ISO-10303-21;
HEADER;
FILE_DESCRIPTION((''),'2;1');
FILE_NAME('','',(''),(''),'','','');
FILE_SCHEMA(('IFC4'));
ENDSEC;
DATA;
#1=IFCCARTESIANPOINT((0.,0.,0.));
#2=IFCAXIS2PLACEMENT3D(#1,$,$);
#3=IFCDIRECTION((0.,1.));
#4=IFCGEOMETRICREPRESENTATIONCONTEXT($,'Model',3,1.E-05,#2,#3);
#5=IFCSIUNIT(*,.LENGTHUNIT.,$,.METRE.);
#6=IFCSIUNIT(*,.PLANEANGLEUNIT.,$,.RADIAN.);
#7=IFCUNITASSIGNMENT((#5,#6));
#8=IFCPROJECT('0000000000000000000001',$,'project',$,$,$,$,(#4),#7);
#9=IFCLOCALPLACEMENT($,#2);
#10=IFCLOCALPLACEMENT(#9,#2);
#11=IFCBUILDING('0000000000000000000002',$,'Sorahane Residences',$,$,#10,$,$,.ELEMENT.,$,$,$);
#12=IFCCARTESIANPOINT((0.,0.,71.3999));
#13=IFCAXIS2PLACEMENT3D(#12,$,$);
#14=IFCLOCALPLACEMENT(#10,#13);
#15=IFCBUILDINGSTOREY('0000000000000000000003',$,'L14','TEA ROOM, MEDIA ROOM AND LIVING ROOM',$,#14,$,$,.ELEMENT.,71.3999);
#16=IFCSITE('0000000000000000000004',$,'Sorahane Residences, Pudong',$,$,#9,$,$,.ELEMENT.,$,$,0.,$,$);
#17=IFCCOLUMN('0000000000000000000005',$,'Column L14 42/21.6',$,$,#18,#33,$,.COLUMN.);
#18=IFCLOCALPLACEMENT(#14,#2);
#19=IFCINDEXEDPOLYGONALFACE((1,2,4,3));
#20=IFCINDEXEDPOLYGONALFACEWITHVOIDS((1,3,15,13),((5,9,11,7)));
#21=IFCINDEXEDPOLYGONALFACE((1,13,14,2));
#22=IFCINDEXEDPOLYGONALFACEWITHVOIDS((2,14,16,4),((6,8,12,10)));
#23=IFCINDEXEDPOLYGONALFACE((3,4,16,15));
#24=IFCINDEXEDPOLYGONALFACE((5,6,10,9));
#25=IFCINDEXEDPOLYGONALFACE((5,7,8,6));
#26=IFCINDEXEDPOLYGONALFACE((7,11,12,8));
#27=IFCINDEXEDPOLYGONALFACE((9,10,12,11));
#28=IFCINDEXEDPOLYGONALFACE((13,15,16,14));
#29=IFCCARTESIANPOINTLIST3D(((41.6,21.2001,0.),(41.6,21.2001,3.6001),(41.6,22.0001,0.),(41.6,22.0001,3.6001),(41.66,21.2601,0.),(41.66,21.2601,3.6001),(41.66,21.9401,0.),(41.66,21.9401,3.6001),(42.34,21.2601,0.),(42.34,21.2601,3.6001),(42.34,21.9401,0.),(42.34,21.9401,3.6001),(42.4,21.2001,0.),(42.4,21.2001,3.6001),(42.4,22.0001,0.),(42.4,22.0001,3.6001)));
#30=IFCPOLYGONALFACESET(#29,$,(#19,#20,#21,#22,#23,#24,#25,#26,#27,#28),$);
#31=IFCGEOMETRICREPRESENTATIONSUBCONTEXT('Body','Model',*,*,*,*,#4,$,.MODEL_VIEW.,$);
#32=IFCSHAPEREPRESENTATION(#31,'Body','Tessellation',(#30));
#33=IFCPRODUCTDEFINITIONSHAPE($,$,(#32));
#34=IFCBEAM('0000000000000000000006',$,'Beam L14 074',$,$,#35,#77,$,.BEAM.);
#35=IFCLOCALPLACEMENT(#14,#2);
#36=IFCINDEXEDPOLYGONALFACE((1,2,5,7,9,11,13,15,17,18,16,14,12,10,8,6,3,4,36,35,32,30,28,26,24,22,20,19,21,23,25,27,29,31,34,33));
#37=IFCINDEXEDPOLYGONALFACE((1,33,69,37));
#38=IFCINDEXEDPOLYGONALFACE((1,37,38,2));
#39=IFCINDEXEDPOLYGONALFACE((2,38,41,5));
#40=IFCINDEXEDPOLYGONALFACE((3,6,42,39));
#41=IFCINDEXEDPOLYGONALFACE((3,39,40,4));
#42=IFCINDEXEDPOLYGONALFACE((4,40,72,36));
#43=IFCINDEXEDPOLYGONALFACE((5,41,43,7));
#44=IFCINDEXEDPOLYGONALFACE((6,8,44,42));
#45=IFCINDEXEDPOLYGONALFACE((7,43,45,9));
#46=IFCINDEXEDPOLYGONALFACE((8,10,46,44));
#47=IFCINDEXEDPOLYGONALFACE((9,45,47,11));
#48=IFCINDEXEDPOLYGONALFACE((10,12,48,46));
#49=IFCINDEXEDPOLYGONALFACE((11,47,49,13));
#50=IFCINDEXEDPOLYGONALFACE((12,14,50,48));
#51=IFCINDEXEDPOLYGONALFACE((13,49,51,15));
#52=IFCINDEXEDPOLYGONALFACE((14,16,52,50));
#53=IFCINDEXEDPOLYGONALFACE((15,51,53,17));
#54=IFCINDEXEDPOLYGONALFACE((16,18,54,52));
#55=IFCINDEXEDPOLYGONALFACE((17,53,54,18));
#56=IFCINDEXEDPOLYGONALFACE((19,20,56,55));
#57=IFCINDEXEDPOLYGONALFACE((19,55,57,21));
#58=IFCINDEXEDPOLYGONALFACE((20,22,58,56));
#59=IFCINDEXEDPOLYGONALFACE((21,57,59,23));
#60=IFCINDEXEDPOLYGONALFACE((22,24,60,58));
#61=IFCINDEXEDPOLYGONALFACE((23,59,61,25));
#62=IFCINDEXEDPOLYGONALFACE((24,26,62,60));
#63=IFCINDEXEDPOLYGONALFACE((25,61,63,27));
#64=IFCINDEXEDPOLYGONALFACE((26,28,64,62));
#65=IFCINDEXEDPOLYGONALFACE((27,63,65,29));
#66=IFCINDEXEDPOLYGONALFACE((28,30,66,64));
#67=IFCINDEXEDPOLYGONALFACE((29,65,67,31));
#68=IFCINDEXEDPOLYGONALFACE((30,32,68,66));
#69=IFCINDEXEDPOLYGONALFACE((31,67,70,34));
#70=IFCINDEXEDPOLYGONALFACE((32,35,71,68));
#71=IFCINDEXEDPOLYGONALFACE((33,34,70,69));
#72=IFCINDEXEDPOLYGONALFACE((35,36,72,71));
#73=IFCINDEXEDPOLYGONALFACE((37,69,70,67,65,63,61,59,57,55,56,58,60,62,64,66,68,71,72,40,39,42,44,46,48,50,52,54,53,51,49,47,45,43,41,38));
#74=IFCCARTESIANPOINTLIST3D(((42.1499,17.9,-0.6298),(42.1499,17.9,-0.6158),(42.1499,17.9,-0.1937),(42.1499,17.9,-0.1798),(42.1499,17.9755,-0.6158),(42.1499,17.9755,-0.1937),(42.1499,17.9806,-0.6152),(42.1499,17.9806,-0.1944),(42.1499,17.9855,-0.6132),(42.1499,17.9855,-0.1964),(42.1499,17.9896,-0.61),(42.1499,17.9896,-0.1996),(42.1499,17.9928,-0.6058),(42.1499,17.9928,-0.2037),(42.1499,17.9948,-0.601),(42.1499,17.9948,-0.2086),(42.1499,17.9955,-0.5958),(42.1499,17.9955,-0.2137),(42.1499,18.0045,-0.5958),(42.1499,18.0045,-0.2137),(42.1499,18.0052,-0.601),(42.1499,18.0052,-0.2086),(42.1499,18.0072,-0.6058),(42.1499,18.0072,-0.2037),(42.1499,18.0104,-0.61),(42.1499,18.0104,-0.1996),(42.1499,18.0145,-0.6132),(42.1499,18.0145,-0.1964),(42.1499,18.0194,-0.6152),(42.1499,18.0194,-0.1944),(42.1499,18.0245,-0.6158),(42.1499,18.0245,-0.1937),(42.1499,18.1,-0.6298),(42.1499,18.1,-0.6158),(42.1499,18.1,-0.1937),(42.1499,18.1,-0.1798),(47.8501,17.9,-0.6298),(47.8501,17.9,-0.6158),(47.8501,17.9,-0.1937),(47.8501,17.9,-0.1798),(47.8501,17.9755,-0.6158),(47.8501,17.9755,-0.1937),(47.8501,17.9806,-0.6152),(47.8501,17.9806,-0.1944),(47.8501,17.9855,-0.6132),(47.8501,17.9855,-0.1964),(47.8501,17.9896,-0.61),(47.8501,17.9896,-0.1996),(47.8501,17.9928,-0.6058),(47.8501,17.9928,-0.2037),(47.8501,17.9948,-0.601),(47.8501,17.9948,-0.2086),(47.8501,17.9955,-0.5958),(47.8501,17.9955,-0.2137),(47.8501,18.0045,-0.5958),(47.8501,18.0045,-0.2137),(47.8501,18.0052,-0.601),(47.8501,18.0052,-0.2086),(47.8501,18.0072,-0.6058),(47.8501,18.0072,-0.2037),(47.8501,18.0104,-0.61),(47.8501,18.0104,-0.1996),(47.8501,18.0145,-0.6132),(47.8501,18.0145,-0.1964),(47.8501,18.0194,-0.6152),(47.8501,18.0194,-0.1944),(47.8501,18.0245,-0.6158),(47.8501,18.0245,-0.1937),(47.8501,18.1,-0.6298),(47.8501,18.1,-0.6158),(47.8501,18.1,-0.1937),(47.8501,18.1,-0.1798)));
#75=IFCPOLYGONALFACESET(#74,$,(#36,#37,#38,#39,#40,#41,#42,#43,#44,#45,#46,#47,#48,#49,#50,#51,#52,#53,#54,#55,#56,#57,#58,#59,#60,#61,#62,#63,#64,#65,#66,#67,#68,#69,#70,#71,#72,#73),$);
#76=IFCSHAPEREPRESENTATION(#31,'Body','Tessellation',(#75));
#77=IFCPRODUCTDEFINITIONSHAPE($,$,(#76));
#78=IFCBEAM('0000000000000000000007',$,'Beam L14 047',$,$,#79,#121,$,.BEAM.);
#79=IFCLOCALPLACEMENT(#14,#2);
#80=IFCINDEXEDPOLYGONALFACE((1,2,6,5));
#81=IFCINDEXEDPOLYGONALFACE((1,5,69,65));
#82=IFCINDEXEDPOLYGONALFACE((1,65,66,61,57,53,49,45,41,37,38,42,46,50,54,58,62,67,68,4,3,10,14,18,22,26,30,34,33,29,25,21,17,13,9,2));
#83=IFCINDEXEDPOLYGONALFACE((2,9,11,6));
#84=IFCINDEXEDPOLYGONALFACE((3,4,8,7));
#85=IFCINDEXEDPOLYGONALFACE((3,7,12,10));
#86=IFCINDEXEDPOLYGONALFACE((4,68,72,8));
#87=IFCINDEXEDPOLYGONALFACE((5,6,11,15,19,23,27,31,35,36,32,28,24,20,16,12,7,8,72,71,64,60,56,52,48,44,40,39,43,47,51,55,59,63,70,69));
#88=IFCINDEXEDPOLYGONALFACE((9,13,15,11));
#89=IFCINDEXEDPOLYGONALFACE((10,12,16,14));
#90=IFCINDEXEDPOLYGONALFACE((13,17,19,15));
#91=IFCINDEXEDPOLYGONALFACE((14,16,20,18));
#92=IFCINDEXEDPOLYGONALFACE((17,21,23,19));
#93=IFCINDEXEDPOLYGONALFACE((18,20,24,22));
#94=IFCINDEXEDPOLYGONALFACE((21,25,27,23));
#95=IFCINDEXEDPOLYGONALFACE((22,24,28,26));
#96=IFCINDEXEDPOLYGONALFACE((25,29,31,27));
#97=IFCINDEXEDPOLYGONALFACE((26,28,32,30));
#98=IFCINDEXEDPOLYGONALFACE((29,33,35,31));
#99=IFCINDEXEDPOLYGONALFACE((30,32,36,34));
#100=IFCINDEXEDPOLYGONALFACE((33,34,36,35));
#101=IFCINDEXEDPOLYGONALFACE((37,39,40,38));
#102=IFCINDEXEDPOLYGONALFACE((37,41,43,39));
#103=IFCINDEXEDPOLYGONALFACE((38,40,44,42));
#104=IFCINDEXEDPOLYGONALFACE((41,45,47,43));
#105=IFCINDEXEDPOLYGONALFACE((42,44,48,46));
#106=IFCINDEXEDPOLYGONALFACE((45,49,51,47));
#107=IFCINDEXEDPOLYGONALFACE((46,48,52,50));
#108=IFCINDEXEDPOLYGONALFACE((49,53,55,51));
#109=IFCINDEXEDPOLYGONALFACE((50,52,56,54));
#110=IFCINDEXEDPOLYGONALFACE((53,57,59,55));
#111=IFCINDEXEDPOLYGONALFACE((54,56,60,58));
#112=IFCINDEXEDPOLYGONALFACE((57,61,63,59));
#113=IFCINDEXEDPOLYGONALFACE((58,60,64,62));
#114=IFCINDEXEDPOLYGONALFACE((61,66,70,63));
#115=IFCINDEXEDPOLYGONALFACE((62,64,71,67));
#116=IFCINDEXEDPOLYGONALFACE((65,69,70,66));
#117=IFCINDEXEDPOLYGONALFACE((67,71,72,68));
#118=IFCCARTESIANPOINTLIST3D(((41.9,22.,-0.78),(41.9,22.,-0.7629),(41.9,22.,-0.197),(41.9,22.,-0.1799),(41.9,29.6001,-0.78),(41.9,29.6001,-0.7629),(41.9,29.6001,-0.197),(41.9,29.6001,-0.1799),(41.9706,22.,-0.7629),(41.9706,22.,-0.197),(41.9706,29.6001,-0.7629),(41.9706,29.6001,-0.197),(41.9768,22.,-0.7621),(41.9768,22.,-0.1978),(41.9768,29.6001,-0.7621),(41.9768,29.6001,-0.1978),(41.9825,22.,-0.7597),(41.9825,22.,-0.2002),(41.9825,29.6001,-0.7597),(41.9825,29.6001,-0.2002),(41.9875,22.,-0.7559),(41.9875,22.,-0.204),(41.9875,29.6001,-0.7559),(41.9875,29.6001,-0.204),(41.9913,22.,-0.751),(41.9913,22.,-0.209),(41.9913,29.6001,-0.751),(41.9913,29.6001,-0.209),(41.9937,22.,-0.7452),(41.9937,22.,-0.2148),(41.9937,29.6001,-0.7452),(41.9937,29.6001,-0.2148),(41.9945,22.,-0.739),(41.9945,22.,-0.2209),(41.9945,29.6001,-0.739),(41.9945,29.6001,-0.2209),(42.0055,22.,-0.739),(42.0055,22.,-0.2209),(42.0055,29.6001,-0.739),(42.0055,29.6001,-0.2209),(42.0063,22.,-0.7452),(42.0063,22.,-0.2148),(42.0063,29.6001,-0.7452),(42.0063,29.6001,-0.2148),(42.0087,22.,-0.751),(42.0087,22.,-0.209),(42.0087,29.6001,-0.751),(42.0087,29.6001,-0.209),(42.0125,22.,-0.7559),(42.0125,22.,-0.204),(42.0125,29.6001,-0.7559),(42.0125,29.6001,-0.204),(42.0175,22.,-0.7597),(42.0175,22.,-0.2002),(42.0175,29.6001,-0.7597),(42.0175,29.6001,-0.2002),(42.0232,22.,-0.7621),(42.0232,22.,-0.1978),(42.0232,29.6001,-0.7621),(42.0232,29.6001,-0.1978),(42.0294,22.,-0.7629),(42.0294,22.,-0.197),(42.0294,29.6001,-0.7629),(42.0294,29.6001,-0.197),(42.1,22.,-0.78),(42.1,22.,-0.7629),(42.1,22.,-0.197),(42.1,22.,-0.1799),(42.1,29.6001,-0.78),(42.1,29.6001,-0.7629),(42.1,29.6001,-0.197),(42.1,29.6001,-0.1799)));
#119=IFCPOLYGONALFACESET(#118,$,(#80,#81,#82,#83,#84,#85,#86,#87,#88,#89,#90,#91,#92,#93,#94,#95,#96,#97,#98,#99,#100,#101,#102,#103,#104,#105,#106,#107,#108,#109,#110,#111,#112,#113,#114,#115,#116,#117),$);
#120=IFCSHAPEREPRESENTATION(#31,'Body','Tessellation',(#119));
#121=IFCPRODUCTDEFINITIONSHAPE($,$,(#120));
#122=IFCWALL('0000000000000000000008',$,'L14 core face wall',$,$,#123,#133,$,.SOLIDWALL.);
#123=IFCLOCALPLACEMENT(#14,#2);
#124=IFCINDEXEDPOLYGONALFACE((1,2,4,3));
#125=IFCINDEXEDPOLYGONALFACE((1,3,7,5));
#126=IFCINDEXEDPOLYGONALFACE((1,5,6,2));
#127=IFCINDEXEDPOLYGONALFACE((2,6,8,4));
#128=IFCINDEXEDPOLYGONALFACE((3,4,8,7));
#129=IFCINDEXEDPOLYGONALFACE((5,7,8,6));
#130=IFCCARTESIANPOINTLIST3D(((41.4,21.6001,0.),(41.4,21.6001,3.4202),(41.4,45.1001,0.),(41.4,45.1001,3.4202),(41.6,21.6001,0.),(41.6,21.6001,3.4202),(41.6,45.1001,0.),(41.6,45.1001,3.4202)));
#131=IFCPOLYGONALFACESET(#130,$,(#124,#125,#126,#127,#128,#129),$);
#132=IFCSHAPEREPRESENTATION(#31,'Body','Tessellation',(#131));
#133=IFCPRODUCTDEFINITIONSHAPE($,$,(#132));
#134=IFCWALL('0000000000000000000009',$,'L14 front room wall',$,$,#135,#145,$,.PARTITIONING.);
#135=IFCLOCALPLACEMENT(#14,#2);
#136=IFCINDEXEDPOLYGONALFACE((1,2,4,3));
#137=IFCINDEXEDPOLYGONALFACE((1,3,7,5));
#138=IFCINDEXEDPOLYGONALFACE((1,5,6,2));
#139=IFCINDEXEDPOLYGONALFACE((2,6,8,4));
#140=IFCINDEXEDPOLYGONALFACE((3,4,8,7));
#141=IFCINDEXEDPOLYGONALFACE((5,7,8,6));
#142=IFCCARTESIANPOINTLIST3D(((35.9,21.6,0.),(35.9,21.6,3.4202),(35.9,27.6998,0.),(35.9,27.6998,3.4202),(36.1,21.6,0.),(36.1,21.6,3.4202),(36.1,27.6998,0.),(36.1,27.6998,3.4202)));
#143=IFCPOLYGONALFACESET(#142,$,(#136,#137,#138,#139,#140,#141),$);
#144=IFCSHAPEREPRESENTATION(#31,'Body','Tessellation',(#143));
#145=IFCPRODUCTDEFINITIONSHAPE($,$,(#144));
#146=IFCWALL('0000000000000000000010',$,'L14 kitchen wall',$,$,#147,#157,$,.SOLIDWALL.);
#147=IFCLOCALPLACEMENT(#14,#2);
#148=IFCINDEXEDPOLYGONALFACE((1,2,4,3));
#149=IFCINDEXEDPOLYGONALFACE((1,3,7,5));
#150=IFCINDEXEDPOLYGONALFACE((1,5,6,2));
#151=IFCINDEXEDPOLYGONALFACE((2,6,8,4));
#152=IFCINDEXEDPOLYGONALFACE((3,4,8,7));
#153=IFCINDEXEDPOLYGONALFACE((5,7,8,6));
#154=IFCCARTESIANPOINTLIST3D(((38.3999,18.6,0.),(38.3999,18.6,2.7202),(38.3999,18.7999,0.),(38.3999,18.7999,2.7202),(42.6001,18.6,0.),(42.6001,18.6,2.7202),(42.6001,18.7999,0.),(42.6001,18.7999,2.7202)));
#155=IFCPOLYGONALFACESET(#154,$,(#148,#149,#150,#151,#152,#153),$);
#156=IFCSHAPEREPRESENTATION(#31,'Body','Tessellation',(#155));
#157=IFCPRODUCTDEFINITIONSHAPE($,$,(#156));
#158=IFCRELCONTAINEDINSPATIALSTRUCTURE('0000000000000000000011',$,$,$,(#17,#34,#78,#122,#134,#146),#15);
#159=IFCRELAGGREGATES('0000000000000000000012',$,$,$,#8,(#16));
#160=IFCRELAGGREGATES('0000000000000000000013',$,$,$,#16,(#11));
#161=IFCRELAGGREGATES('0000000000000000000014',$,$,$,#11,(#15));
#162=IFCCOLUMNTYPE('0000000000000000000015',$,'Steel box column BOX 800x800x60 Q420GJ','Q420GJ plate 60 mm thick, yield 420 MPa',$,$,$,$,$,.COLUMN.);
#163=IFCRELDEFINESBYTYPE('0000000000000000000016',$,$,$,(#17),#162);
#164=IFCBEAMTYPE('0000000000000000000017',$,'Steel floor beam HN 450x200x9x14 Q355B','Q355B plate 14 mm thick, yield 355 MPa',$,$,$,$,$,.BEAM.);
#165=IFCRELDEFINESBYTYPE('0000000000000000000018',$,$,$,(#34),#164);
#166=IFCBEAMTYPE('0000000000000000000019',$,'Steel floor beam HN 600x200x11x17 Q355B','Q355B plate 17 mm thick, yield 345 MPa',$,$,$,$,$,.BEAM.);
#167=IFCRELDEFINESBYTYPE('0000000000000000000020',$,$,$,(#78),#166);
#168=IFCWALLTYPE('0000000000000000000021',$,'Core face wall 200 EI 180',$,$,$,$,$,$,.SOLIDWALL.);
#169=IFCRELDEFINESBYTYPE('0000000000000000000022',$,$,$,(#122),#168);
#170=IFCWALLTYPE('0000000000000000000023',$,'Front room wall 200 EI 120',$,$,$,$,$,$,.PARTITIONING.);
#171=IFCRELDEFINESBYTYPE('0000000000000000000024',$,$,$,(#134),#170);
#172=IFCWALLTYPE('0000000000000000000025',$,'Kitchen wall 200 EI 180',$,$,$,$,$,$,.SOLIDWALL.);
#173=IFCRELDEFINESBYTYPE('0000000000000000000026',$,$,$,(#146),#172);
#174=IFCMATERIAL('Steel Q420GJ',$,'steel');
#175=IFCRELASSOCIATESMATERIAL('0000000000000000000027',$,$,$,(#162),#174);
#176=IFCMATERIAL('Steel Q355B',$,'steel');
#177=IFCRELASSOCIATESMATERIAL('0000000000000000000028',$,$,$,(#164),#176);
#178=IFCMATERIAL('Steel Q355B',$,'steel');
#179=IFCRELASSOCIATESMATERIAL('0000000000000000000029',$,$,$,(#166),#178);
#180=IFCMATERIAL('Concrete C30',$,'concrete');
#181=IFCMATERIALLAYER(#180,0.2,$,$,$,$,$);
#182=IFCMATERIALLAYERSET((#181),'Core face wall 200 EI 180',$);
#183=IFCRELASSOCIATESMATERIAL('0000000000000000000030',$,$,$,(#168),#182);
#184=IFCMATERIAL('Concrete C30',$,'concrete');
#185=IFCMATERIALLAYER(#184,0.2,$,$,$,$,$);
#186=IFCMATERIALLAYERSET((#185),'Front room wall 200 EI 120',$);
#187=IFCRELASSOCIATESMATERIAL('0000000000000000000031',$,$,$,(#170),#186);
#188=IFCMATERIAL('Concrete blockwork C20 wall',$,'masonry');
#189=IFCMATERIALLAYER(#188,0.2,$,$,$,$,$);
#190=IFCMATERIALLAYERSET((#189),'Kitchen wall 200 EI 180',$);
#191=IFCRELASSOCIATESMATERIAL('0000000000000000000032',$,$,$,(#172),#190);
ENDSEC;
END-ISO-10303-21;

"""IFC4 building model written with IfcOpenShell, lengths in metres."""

from ifc_helpers import new_model, si_unit, direction, frame, frame_2d, origin, origin_2d, place, context, subcontext, project, spatial, rectangle, hollow_rectangle, i_section, extrude, material, layer, layer_set, material_profile, profile_set, type_object, element, save


model = new_model("IFC4")

# Units and contexts
model_context = context("Model", 3, precision=1e-05, world=origin(), true_north=direction((0.0, 1.0)))
body_context = subcontext(model_context, "Body", "Model", "MODEL_VIEW")
ifc_project = project(units=[si_unit("LENGTHUNIT", "METRE"), si_unit("PLANEANGLEUNIT", "RADIAN")], contexts=[model_context])

# Site, building, storey
site_placement = place(None, origin())
site = spatial("IfcSite", under=ifc_project, at=site_placement, Name="Sorahane Residences, Pudong", CompositionType="ELEMENT", RefElevation=0.0)
building_placement = place(site_placement, origin())
building = spatial("IfcBuilding", under=site, at=building_placement, Name="Sorahane Residences", CompositionType="ELEMENT")
storey_placement = place(building_placement, frame((0.0, 0.0, 71.3999)))
storey = spatial("IfcBuildingStorey", under=building, at=storey_placement, Name="L14", Description="TEA ROOM, MEDIA ROOM AND LIVING ROOM", CompositionType="ELEMENT", Elevation=71.3999)

# Column
ifc_material_1 = material(Name="Steel Q420GJ", Category="steel")
ifc_material_profile_1 = material_profile(ifc_material_1, hollow_rectangle(XDim=0.8, YDim=0.8, WallThickness=0.0601, at=origin_2d()), Name="BOX 800x800x60")
ifc_profile_set_1 = profile_set([ifc_material_profile_1], Name="Steel Q420GJ")
column_type = type_object("IfcColumnType", Name="Steel box column BOX 800x800x60 Q420GJ", Description="Q420GJ plate 60 mm thick, yield 420 MPa", PredefinedType="COLUMN", material=ifc_profile_set_1)
column_placement = place(storey_placement, frame((42.0, 21.6001, 0.0), z_axis=(0.0, 0.0, 1.0), x_axis=(1.0, 0.0, 0.0)))
element("IfcColumn", 1, at=column_placement, inside=storey, type_object=column_type, Name="Column L14 42/21.6", PredefinedType="COLUMN", context=body_context, shape_type="SweptSolid", body=[
    extrude(hollow_rectangle(XDim=0.8, YDim=0.8, WallThickness=0.0601, at=origin_2d()), origin(), (0.0, 0.0, 1.0), 3.6001),
])

# Beams
ifc_material_2 = material(Name="Steel Q355B", Category="steel")
ifc_material_profile_2 = material_profile(ifc_material_2, i_section(OverallWidth=0.2, OverallDepth=0.45, WebThickness=0.009, FlangeThickness=0.0139, FilletRadius=0.02, at=origin_2d()), Name="HN 450x200x9x14")
ifc_profile_set_2 = profile_set([ifc_material_profile_2], Name="Steel Q355B")
beam_type_1 = type_object("IfcBeamType", Name="Steel floor beam HN 450x200x9x14 Q355B", Description="Q355B plate 14 mm thick, yield 355 MPa", PredefinedType="BEAM", material=ifc_profile_set_2)
beam_1_placement = place(storey_placement, frame((42.1499, 18.0, -0.4048), z_axis=(1.0, 0.0, 0.0), x_axis=(0.0, 1.0, 0.0)))
element("IfcBeam", 2, at=beam_1_placement, inside=storey, type_object=beam_type_1, Name="Beam L14 074", PredefinedType="BEAM", context=body_context, shape_type="SweptSolid", body=[
    extrude(i_section(OverallWidth=0.2, OverallDepth=0.45, WebThickness=0.009, FlangeThickness=0.0139, FilletRadius=0.02, at=origin_2d()), origin(), (0.0, 0.0, 1.0), 5.7002),
])
ifc_material_3 = material(Name="Steel Q355B", Category="steel")
ifc_material_profile_3 = material_profile(ifc_material_3, i_section(OverallWidth=0.2, OverallDepth=0.6001, WebThickness=0.011, FlangeThickness=0.0171, FilletRadius=0.0239, at=origin_2d()), Name="HN 600x200x11x17")
ifc_profile_set_3 = profile_set([ifc_material_profile_3], Name="Steel Q355B")
beam_type_2 = type_object("IfcBeamType", Name="Steel floor beam HN 600x200x11x17 Q355B", Description="Q355B plate 17 mm thick, yield 345 MPa", PredefinedType="BEAM", material=ifc_profile_set_3)
beam_2_placement = place(storey_placement, frame((42.0, 22.0, -0.48), z_axis=(0.0, 1.0, 0.0), x_axis=(-1.0, 0.0, 0.0)))
element("IfcBeam", 3, at=beam_2_placement, inside=storey, type_object=beam_type_2, Name="Beam L14 047", PredefinedType="BEAM", context=body_context, shape_type="SweptSolid", body=[
    extrude(i_section(OverallWidth=0.2, OverallDepth=0.6001, WebThickness=0.011, FlangeThickness=0.0171, FilletRadius=0.0239, at=origin_2d()), origin(), (0.0, 0.0, 1.0), 7.6001),
])

# Walls
ifc_material_4 = material(Name="Concrete C30", Category="concrete")
ifc_layer_1 = layer(ifc_material_4, 0.2)
ifc_layer_set_1 = layer_set([ifc_layer_1], Name="Core face wall 200 EI 180")
wall_type_1 = type_object("IfcWallType", Name="Core face wall 200 EI 180", PredefinedType="SOLIDWALL", material=ifc_layer_set_1)
wall_1_placement = place(storey_placement, frame((41.5, 21.6001, 0.0), z_axis=(0.0, 0.0, 1.0), x_axis=(0.0, 1.0, 0.0)))
element("IfcWall", 4, at=wall_1_placement, inside=storey, type_object=wall_type_1, Name="L14 core face wall", PredefinedType="SOLIDWALL", context=body_context, shape_type="SweptSolid", body=[
    extrude(rectangle(XDim=23.5, YDim=0.2, at=frame_2d((11.75, 0.0))), origin(), (0.0, 0.0, 1.0), 3.4202),
])
ifc_material_5 = material(Name="Concrete C30", Category="concrete")
ifc_layer_2 = layer(ifc_material_5, 0.2)
ifc_layer_set_2 = layer_set([ifc_layer_2], Name="Front room wall 200 EI 120")
wall_type_2 = type_object("IfcWallType", Name="Front room wall 200 EI 120", PredefinedType="PARTITIONING", material=ifc_layer_set_2)
wall_2_placement = place(storey_placement, frame((36.0, 21.6001, 0.0), z_axis=(0.0, 0.0, 1.0), x_axis=(0.0, 1.0, 0.0)))
element("IfcWall", 5, at=wall_2_placement, inside=storey, type_object=wall_type_2, Name="L14 front room wall", PredefinedType="PARTITIONING", context=body_context, shape_type="SweptSolid", body=[
    extrude(rectangle(XDim=6.0999, YDim=0.2, at=frame_2d((3.0498, 0.0))), origin(), (0.0, 0.0, 1.0), 3.4202),
])
ifc_material_6 = material(Name="Concrete blockwork C20 wall", Category="masonry")
ifc_layer_3 = layer(ifc_material_6, 0.2)
ifc_layer_set_3 = layer_set([ifc_layer_3], Name="Kitchen wall 200 EI 180")
wall_type_3 = type_object("IfcWallType", Name="Kitchen wall 200 EI 180", PredefinedType="SOLIDWALL", material=ifc_layer_set_3)
wall_3_placement = place(storey_placement, frame((38.3999, 18.7, 0.0), z_axis=(0.0, 0.0, 1.0), x_axis=(1.0, 0.0, 0.0)))
element("IfcWall", 6, at=wall_3_placement, inside=storey, type_object=wall_type_3, Name="L14 kitchen wall", PredefinedType="SOLIDWALL", context=body_context, shape_type="SweptSolid", body=[
    extrude(rectangle(XDim=4.2002, YDim=0.2, at=frame_2d((2.1001, 0.0))), origin(), (0.0, 0.0, 1.0), 2.7202),
])

save(model, "model.ifc")
